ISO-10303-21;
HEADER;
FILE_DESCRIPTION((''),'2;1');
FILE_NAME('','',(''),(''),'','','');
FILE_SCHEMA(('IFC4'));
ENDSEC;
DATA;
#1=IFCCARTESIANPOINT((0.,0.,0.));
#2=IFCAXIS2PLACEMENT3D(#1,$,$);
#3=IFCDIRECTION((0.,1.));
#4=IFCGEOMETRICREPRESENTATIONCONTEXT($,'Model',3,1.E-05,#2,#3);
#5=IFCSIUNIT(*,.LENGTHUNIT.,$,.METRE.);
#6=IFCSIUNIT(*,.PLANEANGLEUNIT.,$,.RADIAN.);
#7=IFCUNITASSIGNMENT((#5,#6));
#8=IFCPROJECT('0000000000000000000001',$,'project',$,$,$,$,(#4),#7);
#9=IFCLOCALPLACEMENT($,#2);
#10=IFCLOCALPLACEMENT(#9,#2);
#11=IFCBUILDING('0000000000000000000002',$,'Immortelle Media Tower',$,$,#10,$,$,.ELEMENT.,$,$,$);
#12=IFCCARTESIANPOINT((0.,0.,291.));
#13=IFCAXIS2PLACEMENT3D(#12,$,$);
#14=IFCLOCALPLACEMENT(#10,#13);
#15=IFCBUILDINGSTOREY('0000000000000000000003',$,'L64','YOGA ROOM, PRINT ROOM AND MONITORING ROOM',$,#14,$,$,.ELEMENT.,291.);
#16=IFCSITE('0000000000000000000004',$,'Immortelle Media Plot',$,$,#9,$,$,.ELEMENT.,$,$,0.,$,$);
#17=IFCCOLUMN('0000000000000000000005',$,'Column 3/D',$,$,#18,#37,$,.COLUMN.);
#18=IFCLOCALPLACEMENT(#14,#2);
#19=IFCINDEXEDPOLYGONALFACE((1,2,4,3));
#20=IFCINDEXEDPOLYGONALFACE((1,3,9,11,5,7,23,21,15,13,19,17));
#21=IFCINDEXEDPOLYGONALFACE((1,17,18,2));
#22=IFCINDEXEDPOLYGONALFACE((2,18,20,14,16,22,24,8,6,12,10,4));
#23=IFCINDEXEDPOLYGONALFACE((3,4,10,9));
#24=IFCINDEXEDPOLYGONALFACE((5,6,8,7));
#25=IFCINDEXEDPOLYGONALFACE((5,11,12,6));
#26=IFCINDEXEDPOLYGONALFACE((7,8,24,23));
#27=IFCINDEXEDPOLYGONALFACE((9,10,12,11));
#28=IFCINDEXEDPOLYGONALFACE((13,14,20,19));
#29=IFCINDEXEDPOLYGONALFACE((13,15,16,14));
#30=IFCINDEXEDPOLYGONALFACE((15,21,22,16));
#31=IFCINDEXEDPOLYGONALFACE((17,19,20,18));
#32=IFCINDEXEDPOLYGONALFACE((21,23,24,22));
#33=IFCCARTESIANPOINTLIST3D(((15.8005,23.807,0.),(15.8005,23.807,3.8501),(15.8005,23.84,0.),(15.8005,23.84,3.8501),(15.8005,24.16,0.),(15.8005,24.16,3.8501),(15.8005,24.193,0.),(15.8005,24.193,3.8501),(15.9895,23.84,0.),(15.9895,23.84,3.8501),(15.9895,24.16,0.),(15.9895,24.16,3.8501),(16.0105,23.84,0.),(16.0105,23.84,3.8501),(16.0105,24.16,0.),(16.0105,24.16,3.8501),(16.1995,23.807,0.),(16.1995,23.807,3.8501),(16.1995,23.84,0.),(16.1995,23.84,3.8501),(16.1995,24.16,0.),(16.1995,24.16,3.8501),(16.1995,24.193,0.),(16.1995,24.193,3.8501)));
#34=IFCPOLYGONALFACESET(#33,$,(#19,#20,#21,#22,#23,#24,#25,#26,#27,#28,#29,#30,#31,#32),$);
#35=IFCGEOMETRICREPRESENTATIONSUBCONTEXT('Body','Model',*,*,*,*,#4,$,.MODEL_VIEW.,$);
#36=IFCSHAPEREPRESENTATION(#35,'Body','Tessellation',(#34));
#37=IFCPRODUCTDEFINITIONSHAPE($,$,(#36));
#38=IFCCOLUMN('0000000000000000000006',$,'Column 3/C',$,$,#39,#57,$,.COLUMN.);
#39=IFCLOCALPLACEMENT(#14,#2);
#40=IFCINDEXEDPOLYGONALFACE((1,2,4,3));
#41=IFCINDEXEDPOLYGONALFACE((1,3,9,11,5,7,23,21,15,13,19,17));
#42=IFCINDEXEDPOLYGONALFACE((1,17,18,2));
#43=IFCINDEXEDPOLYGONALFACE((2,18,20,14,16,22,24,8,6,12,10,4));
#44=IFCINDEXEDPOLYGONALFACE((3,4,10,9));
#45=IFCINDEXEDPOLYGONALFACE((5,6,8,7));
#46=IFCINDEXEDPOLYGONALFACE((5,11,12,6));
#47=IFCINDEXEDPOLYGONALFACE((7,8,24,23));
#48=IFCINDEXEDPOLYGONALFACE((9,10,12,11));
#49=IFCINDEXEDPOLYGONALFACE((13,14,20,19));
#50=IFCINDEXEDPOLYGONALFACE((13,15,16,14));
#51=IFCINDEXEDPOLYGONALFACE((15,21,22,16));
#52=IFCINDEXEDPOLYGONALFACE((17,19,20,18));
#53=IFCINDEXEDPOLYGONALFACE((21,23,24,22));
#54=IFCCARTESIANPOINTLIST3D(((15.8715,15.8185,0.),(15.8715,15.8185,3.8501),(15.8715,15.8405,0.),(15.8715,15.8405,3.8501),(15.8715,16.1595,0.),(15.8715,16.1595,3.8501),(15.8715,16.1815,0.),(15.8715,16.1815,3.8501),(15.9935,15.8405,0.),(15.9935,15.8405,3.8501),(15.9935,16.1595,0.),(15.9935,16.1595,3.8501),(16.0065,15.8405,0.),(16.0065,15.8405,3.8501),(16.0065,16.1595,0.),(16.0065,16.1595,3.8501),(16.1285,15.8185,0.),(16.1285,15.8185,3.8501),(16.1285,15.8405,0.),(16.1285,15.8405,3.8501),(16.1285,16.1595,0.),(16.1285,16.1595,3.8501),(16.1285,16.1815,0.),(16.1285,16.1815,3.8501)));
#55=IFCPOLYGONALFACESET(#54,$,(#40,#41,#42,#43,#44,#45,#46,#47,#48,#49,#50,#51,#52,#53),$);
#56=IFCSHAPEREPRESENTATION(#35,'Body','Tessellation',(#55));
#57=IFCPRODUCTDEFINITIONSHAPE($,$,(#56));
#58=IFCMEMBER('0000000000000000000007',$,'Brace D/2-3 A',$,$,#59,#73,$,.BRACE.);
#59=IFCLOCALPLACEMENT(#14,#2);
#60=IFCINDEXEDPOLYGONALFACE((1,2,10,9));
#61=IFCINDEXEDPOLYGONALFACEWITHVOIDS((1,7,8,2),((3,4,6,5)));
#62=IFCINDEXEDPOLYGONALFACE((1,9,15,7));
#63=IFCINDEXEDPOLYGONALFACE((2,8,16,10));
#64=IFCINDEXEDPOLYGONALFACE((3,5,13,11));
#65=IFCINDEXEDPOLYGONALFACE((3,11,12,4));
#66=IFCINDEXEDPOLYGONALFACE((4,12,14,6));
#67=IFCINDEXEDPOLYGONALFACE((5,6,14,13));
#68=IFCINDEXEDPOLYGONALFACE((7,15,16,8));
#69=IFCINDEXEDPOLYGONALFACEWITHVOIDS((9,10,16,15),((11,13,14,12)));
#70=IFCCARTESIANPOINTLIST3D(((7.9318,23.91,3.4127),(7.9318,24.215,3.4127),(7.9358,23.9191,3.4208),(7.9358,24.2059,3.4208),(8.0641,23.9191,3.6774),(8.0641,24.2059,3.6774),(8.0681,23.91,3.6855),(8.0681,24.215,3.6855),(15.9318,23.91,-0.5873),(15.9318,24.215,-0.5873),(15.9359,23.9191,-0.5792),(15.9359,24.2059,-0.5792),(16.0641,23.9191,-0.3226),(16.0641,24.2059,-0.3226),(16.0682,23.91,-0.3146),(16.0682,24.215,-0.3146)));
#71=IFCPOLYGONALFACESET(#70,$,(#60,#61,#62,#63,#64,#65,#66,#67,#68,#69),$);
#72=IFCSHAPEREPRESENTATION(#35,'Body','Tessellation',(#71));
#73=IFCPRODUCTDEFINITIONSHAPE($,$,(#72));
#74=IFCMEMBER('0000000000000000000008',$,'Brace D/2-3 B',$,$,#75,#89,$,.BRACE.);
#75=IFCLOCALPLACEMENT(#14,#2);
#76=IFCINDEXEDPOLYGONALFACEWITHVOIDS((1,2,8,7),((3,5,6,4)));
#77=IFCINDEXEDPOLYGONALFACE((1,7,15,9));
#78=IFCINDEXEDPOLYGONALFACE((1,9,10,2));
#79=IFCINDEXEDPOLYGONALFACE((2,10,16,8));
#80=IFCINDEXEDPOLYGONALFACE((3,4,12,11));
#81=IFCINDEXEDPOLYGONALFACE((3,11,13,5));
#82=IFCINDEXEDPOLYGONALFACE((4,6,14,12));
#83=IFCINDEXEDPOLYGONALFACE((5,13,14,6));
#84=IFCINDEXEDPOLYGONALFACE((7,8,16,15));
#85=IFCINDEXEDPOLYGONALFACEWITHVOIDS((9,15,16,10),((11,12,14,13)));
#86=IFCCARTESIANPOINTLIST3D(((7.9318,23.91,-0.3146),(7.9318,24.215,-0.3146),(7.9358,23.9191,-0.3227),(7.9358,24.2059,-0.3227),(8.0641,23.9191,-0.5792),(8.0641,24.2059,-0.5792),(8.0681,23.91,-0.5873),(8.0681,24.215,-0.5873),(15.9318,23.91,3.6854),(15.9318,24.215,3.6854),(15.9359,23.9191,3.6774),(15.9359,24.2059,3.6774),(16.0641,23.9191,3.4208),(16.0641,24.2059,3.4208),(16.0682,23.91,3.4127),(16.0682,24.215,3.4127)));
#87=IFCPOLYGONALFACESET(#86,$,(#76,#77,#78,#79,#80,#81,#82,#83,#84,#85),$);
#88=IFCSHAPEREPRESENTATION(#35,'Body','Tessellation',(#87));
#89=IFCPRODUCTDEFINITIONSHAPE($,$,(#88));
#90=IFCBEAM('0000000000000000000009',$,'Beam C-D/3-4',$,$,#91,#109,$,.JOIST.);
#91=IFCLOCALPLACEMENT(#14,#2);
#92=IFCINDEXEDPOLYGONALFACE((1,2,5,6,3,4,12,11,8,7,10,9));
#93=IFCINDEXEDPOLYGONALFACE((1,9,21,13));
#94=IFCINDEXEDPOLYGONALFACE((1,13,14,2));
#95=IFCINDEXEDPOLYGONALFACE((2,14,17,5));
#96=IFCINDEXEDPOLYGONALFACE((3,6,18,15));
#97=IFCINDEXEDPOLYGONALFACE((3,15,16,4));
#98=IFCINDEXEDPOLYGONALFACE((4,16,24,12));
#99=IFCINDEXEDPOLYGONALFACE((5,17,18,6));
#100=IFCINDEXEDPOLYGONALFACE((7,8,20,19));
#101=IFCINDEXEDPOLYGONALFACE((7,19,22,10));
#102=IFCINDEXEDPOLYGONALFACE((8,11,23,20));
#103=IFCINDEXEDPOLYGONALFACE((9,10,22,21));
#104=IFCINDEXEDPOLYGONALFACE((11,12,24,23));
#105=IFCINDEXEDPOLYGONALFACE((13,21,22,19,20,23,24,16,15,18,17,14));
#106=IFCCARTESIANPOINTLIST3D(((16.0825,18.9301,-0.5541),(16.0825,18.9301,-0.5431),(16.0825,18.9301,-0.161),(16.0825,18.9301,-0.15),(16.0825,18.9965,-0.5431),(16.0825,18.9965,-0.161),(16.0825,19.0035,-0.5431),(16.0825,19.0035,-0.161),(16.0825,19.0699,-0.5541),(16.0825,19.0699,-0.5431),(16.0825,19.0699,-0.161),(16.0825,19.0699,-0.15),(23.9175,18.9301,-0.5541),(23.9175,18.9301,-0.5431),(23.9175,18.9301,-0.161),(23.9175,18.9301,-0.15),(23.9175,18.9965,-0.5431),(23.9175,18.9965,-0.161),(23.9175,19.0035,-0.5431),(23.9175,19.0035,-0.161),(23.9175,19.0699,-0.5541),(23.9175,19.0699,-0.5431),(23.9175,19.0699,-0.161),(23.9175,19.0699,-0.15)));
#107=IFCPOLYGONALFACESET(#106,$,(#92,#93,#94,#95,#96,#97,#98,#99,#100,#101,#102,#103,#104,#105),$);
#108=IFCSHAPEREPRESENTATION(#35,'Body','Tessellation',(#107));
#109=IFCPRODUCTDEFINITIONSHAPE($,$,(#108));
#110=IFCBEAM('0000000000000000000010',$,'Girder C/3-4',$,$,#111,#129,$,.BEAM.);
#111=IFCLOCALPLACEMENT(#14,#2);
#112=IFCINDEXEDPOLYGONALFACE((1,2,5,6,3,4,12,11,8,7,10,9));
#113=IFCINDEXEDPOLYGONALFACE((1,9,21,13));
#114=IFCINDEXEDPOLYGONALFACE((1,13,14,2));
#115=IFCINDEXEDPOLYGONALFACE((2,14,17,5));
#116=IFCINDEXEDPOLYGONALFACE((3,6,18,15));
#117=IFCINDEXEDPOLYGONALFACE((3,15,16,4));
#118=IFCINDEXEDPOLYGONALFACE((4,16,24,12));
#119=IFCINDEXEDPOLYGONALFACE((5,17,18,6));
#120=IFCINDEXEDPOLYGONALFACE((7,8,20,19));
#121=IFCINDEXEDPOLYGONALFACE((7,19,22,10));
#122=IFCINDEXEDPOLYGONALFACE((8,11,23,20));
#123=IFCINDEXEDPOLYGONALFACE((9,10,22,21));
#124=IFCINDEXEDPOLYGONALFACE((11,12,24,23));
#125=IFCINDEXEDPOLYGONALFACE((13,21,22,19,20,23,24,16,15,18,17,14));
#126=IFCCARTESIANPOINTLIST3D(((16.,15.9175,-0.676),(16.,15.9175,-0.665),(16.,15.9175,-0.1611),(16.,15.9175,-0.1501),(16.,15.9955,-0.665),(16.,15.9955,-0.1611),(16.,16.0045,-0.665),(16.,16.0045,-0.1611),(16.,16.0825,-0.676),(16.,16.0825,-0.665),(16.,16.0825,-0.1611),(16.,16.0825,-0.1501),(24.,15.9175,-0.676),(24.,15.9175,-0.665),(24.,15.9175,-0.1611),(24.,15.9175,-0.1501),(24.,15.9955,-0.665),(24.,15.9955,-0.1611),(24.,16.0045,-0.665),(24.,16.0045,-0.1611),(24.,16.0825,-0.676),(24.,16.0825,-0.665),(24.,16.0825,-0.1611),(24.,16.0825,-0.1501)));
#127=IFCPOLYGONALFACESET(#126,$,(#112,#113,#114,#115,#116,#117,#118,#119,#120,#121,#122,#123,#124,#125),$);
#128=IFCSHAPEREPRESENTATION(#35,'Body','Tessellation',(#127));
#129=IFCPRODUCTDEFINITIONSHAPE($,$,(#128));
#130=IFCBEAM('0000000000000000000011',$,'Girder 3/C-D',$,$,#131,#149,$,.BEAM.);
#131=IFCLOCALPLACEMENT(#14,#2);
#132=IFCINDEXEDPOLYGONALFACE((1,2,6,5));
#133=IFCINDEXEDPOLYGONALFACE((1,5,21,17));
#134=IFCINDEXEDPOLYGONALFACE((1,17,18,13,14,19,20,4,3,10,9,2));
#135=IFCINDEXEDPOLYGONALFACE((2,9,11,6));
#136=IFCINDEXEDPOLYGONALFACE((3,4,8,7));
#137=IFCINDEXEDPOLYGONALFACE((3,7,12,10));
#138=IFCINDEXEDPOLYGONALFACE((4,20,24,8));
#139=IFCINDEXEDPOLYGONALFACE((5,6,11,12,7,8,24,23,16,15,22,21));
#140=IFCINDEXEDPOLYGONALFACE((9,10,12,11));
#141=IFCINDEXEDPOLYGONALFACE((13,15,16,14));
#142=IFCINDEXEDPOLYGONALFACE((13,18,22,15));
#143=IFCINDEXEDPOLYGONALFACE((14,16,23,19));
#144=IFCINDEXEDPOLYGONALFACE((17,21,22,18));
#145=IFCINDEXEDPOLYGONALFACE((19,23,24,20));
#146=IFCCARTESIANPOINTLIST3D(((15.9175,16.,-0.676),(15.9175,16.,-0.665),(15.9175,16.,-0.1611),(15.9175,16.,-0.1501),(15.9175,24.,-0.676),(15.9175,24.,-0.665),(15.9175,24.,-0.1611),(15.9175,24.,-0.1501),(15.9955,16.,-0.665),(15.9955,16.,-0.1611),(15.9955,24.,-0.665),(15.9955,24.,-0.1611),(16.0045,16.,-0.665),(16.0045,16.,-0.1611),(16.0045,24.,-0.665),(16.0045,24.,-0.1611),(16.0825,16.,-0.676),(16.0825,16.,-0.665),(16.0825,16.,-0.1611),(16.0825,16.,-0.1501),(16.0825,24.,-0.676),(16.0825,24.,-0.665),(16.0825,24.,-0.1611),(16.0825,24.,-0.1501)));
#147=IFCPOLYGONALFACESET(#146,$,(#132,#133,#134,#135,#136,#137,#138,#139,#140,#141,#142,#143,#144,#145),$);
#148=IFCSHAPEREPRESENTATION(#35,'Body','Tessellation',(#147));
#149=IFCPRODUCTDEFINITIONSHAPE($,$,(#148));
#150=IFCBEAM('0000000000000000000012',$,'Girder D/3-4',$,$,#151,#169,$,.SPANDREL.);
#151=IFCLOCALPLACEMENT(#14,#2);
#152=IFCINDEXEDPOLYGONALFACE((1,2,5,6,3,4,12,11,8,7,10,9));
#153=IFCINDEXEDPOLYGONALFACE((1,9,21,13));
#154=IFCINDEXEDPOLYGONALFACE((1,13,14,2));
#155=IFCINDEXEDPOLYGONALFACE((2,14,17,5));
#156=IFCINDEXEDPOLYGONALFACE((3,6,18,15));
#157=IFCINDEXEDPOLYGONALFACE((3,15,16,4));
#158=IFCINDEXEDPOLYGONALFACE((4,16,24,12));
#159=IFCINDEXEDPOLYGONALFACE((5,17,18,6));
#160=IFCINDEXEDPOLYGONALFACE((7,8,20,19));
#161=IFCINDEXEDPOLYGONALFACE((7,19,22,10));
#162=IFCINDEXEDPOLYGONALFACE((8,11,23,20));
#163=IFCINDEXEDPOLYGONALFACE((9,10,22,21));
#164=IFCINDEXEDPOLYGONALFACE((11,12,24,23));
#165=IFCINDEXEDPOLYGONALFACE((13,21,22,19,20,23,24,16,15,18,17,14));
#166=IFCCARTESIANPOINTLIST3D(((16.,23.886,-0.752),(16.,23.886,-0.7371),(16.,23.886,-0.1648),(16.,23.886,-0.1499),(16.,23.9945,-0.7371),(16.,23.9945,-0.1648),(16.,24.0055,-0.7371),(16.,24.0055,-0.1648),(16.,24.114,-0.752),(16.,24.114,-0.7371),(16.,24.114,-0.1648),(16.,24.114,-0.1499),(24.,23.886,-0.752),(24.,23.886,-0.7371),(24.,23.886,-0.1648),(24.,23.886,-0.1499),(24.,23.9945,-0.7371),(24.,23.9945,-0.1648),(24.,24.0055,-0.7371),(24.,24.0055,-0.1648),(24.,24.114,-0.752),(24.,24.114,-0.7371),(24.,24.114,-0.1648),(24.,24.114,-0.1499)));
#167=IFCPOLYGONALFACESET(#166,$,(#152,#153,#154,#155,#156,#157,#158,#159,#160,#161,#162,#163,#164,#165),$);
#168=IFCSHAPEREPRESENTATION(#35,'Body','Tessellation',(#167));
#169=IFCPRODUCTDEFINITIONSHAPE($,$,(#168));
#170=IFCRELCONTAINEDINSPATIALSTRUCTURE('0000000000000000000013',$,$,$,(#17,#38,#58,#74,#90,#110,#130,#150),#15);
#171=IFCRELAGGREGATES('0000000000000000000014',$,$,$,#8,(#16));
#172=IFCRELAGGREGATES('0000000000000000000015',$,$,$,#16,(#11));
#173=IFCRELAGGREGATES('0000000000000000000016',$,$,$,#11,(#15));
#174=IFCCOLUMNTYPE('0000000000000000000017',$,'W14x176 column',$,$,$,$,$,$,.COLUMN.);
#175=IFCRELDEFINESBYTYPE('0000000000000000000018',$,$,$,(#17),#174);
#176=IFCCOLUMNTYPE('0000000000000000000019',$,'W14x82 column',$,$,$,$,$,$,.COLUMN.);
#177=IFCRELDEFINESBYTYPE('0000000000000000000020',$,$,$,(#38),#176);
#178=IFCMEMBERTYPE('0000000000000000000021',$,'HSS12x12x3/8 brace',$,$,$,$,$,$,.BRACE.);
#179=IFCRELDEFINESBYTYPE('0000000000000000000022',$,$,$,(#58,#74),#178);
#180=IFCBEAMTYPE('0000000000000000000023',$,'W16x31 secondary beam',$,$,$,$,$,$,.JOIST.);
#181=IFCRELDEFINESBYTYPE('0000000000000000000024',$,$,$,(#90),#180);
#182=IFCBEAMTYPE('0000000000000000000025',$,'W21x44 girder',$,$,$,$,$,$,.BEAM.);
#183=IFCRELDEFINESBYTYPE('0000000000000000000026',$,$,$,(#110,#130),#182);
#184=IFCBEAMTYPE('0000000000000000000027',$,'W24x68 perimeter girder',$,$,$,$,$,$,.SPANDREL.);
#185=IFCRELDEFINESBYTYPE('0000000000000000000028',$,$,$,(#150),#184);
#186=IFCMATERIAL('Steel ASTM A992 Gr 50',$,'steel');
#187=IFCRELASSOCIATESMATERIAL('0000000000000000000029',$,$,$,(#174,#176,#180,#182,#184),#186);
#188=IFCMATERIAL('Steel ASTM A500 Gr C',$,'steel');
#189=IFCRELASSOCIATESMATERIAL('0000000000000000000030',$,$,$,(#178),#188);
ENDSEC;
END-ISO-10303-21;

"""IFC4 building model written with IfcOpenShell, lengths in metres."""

from ifc_helpers import new_model, si_unit, direction, frame, origin, origin_2d, place, context, subcontext, project, spatial, hollow_rectangle, i_section, extrude, material, material_profile, profile_set, type_object, element, save


model = new_model("IFC4")

# Units and contexts
model_context = context("Model", 3, precision=1e-05, world=origin(), true_north=direction((0.0, 1.0)))
body_context = subcontext(model_context, "Body", "Model", "MODEL_VIEW")
ifc_project = project(units=[si_unit("LENGTHUNIT", "METRE"), si_unit("PLANEANGLEUNIT", "RADIAN")], contexts=[model_context])

# Site, building, storey
site_placement = place(None, origin())
site = spatial("IfcSite", under=ifc_project, at=site_placement, Name="Immortelle Media Plot", CompositionType="ELEMENT", RefElevation=0.0)
building_placement = place(site_placement, origin())
building = spatial("IfcBuilding", under=site, at=building_placement, Name="Immortelle Media Tower", CompositionType="ELEMENT")
storey_placement = place(building_placement, frame((0.0, 0.0, 291.0)))
storey = spatial("IfcBuildingStorey", under=building, at=storey_placement, Name="L64", Description="YOGA ROOM, PRINT ROOM AND MONITORING ROOM", CompositionType="ELEMENT", Elevation=291.0)

# Columns
ifc_material_1 = material(Name="Steel ASTM A992 Gr 50", Category="steel")
ifc_material_profile_1 = material_profile(ifc_material_1, i_section(OverallWidth=0.3989, OverallDepth=0.386, WebThickness=0.021, FlangeThickness=0.033, at=origin_2d()), Name="W14x176")
ifc_profile_set_1 = profile_set([ifc_material_profile_1], Name="Steel ASTM A992 Gr 50")
column_type_1 = type_object("IfcColumnType", Name="W14x176 column", PredefinedType="COLUMN", material=ifc_profile_set_1)
column_1_placement = place(storey_placement, frame((16.0, 24.0, 0.0), z_axis=(0.0, 0.0, 1.0), x_axis=(1.0, 0.0, 0.0)))
element("IfcColumn", 1, at=column_1_placement, inside=storey, type_object=column_type_1, Name="Column 3/D", PredefinedType="COLUMN", context=body_context, shape_type="SweptSolid", body=[
    extrude(i_section(OverallWidth=0.3989, OverallDepth=0.386, WebThickness=0.021, FlangeThickness=0.033, at=origin_2d()), origin(), (0.0, 0.0, 1.0), 3.8501),
])
ifc_material_profile_2 = material_profile(ifc_material_1, i_section(OverallWidth=0.2571, OverallDepth=0.363, WebThickness=0.0129, FlangeThickness=0.022, at=origin_2d()), Name="W14x82")
ifc_profile_set_2 = profile_set([ifc_material_profile_2], Name="Steel ASTM A992 Gr 50")
column_type_2 = type_object("IfcColumnType", Name="W14x82 column", PredefinedType="COLUMN", material=ifc_profile_set_2)
column_2_placement = place(storey_placement, frame((16.0, 16.0, 0.0), z_axis=(0.0, 0.0, 1.0), x_axis=(1.0, 0.0, 0.0)))
element("IfcColumn", 2, at=column_2_placement, inside=storey, type_object=column_type_2, Name="Column 3/C", PredefinedType="COLUMN", context=body_context, shape_type="SweptSolid", body=[
    extrude(i_section(OverallWidth=0.2571, OverallDepth=0.363, WebThickness=0.0129, FlangeThickness=0.022, at=origin_2d()), origin(), (0.0, 0.0, 1.0), 3.8501),
])

# Members
ifc_material_2 = material(Name="Steel ASTM A500 Gr C", Category="steel")
ifc_material_profile_3 = material_profile(ifc_material_2, hollow_rectangle(XDim=0.3049, YDim=0.3049, WallThickness=0.009, at=origin_2d()), Name="HSS12x12x3/8 brace")
ifc_profile_set_3 = profile_set([ifc_material_profile_3], Name="Steel ASTM A500 Gr C")
member_type = type_object("IfcMemberType", Name="HSS12x12x3/8 brace", PredefinedType="BRACE", material=ifc_profile_set_3)
for number, where, z_axis, x_axis, name in (
    (3, (16.0, 24.0625, -0.4509), (-0.894427, 0.0, 0.447214), (0.0, -1.0, 0.0), "Brace D/2-3 A"),
    (4, (16.0, 24.0625, 3.5491), (-0.894427, 0.0, -0.447214), (0.0, -1.0, 0.0), "Brace D/2-3 B"),
):
    element("IfcMember", number, at=place(storey_placement, frame(where, z_axis=z_axis, x_axis=x_axis)), inside=storey, type_object=member_type, Name=name, PredefinedType="BRACE", context=body_context, shape_type="SweptSolid", body=[
        extrude(hollow_rectangle(XDim=0.3049, YDim=0.3049, WallThickness=0.009, at=origin_2d()), origin(), (0.0, 0.0, 1.0), 8.9443),
    ])

# Beams
ifc_material_profile_4 = material_profile(ifc_material_1, i_section(OverallWidth=0.1399, OverallDepth=0.4041, WebThickness=0.0071, FlangeThickness=0.011, at=origin_2d()), Name="W16x31")
ifc_profile_set_4 = profile_set([ifc_material_profile_4], Name="Steel ASTM A992 Gr 50")
beam_type_1 = type_object("IfcBeamType", Name="W16x31 secondary beam", PredefinedType="JOIST", material=ifc_profile_set_4)
beam_1_placement = place(storey_placement, frame((16.0825, 19.0, -0.3521), z_axis=(1.0, 0.0, 0.0), x_axis=(0.0, 1.0, 0.0)))
element("IfcBeam", 5, at=beam_1_placement, inside=storey, type_object=beam_type_1, Name="Beam C-D/3-4", PredefinedType="JOIST", context=body_context, shape_type="SweptSolid", body=[
    extrude(i_section(OverallWidth=0.1399, OverallDepth=0.4041, WebThickness=0.0071, FlangeThickness=0.011, at=origin_2d()), origin(), (0.0, 0.0, 1.0), 7.835),
])
ifc_material_profile_5 = material_profile(ifc_material_1, i_section(OverallWidth=0.165, OverallDepth=0.5259, WebThickness=0.009, FlangeThickness=0.011, at=origin_2d()), Name="W21x44")
ifc_profile_set_5 = profile_set([ifc_material_profile_5], Name="Steel ASTM A992 Gr 50")
beam_type_2 = type_object("IfcBeamType", Name="W21x44 girder", PredefinedType="BEAM", material=ifc_profile_set_5)
for number, where, z_axis, x_axis, name in (
    (6, (16.0, 16.0, -0.4131), (1.0, 0.0, 0.0), (0.0, 1.0, 0.0), "Girder C/3-4"),
    (7, (16.0, 16.0, -0.4131), (0.0, 1.0, 0.0), (-1.0, 0.0, 0.0), "Girder 3/C-D"),
):
    element("IfcBeam", number, at=place(storey_placement, frame(where, z_axis=z_axis, x_axis=x_axis)), inside=storey, type_object=beam_type_2, Name=name, PredefinedType="BEAM", context=body_context, shape_type="SweptSolid", body=[
        extrude(i_section(OverallWidth=0.165, OverallDepth=0.5259, WebThickness=0.009, FlangeThickness=0.011, at=origin_2d()), origin(), (0.0, 0.0, 1.0), 8.0),
    ])
ifc_material_profile_6 = material_profile(ifc_material_1, i_section(OverallWidth=0.228, OverallDepth=0.6021, WebThickness=0.011, FlangeThickness=0.0149, at=origin_2d()), Name="W24x68")
ifc_profile_set_6 = profile_set([ifc_material_profile_6], Name="Steel ASTM A992 Gr 50")
beam_type_3 = type_object("IfcBeamType", Name="W24x68 perimeter girder", PredefinedType="SPANDREL", material=ifc_profile_set_6)
beam_2_placement = place(storey_placement, frame((16.0, 24.0, -0.4509), z_axis=(1.0, 0.0, 0.0), x_axis=(0.0, 1.0, 0.0)))
element("IfcBeam", 8, at=beam_2_placement, inside=storey, type_object=beam_type_3, Name="Girder D/3-4", PredefinedType="SPANDREL", context=body_context, shape_type="SweptSolid", body=[
    extrude(i_section(OverallWidth=0.228, OverallDepth=0.6021, WebThickness=0.011, FlangeThickness=0.0149, at=origin_2d()), origin(), (0.0, 0.0, 1.0), 8.0),
])

save(model, "model.ifc")
